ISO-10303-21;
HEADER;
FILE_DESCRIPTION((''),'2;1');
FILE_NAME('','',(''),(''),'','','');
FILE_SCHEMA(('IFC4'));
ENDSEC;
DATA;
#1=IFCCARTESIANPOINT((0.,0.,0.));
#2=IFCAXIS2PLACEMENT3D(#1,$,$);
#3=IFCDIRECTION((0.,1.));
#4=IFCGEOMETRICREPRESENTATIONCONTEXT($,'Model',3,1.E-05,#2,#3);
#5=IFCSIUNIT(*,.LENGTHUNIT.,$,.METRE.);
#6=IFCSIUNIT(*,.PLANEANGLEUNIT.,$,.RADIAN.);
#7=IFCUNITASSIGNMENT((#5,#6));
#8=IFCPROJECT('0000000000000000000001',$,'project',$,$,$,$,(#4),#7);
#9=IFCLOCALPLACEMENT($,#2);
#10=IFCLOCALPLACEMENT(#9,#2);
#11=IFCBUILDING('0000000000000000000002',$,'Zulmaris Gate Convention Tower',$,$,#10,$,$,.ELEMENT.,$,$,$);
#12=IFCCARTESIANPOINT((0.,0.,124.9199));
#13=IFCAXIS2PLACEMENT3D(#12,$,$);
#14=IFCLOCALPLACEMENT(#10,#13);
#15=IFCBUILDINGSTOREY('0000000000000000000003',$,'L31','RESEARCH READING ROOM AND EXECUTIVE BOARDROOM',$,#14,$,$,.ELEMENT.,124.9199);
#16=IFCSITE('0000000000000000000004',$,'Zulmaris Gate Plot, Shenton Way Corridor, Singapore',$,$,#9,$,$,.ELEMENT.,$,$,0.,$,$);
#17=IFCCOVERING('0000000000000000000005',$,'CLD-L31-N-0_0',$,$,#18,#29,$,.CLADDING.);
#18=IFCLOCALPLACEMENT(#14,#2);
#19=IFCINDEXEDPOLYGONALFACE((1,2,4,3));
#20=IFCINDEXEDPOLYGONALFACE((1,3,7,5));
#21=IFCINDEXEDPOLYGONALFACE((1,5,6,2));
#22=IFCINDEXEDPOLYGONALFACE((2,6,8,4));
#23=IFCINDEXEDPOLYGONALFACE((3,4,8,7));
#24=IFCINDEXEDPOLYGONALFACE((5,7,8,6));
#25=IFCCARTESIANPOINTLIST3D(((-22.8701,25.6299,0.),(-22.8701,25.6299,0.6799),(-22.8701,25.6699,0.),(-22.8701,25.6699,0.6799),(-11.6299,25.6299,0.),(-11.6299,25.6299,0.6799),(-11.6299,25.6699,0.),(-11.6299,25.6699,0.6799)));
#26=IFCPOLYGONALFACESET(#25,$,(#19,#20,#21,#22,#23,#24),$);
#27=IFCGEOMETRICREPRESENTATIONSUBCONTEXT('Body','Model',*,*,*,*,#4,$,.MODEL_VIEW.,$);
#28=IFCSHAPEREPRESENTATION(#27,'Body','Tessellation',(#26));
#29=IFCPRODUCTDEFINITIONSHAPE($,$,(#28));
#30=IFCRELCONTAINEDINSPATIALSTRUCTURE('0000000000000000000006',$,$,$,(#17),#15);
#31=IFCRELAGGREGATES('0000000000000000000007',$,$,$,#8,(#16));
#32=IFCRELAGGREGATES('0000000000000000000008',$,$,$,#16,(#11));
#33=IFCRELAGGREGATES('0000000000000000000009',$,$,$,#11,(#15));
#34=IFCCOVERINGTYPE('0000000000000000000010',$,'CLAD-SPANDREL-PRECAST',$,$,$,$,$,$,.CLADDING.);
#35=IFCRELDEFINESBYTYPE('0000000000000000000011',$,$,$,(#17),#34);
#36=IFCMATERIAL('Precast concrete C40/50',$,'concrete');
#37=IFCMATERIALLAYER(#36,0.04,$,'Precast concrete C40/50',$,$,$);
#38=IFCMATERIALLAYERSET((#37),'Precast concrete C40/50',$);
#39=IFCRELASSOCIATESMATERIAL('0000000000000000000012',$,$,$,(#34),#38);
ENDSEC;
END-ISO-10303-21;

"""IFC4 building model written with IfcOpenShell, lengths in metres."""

from ifc_helpers import new_model, si_unit, direction, frame, frame_2d, origin, place, context, subcontext, project, spatial, rectangle, extrude, material, layer, layer_set, type_object, element, save


model = new_model("IFC4")

# Units and contexts
model_context = context("Model", 3, precision=1e-05, world=origin(), true_north=direction((0.0, 1.0)))
body_context = subcontext(model_context, "Body", "Model", "MODEL_VIEW")
ifc_project = project(units=[si_unit("LENGTHUNIT", "METRE"), si_unit("PLANEANGLEUNIT", "RADIAN")], contexts=[model_context])

# Site, building, storey
site_placement = place(None, origin())
site = spatial("IfcSite", under=ifc_project, at=site_placement, Name="Zulmaris Gate Plot, Shenton Way Corridor, Singapore", CompositionType="ELEMENT", RefElevation=0.0)
building_placement = place(site_placement, origin())
building = spatial("IfcBuilding", under=site, at=building_placement, Name="Zulmaris Gate Convention Tower", CompositionType="ELEMENT")
storey_placement = place(building_placement, frame((0.0, 0.0, 124.9199)))
storey = spatial("IfcBuildingStorey", under=building, at=storey_placement, Name="L31", Description="RESEARCH READING ROOM AND EXECUTIVE BOARDROOM", CompositionType="ELEMENT", Elevation=124.9199)

# Shared definitions
ifc_material_1 = material(Name="Precast concrete C40/50", Category="concrete")

# Covering
ifc_layer_1 = layer(ifc_material_1, 0.04, Name="Precast concrete C40/50")
ifc_layer_set_1 = layer_set([ifc_layer_1], Name="Precast concrete C40/50")
covering_type = type_object("IfcCoveringType", Name="CLAD-SPANDREL-PRECAST", PredefinedType="CLADDING", material=ifc_layer_set_1)
covering_placement = place(storey_placement, frame((-11.6299, 25.6499, 0.0), z_axis=(0.0, 0.0, 1.0), x_axis=(-1.0, 0.0, 0.0)))
element("IfcCovering", 1, at=covering_placement, inside=storey, type_object=covering_type, Name="CLD-L31-N-0_0", PredefinedType="CLADDING", context=body_context, shape_type="SweptSolid", body=[
    extrude(rectangle(XDim=11.2402, YDim=0.04, at=frame_2d((5.6201, 0.0))), origin(), (0.0, 0.0, 1.0), 0.6799),
])

save(model, "model.ifc")
